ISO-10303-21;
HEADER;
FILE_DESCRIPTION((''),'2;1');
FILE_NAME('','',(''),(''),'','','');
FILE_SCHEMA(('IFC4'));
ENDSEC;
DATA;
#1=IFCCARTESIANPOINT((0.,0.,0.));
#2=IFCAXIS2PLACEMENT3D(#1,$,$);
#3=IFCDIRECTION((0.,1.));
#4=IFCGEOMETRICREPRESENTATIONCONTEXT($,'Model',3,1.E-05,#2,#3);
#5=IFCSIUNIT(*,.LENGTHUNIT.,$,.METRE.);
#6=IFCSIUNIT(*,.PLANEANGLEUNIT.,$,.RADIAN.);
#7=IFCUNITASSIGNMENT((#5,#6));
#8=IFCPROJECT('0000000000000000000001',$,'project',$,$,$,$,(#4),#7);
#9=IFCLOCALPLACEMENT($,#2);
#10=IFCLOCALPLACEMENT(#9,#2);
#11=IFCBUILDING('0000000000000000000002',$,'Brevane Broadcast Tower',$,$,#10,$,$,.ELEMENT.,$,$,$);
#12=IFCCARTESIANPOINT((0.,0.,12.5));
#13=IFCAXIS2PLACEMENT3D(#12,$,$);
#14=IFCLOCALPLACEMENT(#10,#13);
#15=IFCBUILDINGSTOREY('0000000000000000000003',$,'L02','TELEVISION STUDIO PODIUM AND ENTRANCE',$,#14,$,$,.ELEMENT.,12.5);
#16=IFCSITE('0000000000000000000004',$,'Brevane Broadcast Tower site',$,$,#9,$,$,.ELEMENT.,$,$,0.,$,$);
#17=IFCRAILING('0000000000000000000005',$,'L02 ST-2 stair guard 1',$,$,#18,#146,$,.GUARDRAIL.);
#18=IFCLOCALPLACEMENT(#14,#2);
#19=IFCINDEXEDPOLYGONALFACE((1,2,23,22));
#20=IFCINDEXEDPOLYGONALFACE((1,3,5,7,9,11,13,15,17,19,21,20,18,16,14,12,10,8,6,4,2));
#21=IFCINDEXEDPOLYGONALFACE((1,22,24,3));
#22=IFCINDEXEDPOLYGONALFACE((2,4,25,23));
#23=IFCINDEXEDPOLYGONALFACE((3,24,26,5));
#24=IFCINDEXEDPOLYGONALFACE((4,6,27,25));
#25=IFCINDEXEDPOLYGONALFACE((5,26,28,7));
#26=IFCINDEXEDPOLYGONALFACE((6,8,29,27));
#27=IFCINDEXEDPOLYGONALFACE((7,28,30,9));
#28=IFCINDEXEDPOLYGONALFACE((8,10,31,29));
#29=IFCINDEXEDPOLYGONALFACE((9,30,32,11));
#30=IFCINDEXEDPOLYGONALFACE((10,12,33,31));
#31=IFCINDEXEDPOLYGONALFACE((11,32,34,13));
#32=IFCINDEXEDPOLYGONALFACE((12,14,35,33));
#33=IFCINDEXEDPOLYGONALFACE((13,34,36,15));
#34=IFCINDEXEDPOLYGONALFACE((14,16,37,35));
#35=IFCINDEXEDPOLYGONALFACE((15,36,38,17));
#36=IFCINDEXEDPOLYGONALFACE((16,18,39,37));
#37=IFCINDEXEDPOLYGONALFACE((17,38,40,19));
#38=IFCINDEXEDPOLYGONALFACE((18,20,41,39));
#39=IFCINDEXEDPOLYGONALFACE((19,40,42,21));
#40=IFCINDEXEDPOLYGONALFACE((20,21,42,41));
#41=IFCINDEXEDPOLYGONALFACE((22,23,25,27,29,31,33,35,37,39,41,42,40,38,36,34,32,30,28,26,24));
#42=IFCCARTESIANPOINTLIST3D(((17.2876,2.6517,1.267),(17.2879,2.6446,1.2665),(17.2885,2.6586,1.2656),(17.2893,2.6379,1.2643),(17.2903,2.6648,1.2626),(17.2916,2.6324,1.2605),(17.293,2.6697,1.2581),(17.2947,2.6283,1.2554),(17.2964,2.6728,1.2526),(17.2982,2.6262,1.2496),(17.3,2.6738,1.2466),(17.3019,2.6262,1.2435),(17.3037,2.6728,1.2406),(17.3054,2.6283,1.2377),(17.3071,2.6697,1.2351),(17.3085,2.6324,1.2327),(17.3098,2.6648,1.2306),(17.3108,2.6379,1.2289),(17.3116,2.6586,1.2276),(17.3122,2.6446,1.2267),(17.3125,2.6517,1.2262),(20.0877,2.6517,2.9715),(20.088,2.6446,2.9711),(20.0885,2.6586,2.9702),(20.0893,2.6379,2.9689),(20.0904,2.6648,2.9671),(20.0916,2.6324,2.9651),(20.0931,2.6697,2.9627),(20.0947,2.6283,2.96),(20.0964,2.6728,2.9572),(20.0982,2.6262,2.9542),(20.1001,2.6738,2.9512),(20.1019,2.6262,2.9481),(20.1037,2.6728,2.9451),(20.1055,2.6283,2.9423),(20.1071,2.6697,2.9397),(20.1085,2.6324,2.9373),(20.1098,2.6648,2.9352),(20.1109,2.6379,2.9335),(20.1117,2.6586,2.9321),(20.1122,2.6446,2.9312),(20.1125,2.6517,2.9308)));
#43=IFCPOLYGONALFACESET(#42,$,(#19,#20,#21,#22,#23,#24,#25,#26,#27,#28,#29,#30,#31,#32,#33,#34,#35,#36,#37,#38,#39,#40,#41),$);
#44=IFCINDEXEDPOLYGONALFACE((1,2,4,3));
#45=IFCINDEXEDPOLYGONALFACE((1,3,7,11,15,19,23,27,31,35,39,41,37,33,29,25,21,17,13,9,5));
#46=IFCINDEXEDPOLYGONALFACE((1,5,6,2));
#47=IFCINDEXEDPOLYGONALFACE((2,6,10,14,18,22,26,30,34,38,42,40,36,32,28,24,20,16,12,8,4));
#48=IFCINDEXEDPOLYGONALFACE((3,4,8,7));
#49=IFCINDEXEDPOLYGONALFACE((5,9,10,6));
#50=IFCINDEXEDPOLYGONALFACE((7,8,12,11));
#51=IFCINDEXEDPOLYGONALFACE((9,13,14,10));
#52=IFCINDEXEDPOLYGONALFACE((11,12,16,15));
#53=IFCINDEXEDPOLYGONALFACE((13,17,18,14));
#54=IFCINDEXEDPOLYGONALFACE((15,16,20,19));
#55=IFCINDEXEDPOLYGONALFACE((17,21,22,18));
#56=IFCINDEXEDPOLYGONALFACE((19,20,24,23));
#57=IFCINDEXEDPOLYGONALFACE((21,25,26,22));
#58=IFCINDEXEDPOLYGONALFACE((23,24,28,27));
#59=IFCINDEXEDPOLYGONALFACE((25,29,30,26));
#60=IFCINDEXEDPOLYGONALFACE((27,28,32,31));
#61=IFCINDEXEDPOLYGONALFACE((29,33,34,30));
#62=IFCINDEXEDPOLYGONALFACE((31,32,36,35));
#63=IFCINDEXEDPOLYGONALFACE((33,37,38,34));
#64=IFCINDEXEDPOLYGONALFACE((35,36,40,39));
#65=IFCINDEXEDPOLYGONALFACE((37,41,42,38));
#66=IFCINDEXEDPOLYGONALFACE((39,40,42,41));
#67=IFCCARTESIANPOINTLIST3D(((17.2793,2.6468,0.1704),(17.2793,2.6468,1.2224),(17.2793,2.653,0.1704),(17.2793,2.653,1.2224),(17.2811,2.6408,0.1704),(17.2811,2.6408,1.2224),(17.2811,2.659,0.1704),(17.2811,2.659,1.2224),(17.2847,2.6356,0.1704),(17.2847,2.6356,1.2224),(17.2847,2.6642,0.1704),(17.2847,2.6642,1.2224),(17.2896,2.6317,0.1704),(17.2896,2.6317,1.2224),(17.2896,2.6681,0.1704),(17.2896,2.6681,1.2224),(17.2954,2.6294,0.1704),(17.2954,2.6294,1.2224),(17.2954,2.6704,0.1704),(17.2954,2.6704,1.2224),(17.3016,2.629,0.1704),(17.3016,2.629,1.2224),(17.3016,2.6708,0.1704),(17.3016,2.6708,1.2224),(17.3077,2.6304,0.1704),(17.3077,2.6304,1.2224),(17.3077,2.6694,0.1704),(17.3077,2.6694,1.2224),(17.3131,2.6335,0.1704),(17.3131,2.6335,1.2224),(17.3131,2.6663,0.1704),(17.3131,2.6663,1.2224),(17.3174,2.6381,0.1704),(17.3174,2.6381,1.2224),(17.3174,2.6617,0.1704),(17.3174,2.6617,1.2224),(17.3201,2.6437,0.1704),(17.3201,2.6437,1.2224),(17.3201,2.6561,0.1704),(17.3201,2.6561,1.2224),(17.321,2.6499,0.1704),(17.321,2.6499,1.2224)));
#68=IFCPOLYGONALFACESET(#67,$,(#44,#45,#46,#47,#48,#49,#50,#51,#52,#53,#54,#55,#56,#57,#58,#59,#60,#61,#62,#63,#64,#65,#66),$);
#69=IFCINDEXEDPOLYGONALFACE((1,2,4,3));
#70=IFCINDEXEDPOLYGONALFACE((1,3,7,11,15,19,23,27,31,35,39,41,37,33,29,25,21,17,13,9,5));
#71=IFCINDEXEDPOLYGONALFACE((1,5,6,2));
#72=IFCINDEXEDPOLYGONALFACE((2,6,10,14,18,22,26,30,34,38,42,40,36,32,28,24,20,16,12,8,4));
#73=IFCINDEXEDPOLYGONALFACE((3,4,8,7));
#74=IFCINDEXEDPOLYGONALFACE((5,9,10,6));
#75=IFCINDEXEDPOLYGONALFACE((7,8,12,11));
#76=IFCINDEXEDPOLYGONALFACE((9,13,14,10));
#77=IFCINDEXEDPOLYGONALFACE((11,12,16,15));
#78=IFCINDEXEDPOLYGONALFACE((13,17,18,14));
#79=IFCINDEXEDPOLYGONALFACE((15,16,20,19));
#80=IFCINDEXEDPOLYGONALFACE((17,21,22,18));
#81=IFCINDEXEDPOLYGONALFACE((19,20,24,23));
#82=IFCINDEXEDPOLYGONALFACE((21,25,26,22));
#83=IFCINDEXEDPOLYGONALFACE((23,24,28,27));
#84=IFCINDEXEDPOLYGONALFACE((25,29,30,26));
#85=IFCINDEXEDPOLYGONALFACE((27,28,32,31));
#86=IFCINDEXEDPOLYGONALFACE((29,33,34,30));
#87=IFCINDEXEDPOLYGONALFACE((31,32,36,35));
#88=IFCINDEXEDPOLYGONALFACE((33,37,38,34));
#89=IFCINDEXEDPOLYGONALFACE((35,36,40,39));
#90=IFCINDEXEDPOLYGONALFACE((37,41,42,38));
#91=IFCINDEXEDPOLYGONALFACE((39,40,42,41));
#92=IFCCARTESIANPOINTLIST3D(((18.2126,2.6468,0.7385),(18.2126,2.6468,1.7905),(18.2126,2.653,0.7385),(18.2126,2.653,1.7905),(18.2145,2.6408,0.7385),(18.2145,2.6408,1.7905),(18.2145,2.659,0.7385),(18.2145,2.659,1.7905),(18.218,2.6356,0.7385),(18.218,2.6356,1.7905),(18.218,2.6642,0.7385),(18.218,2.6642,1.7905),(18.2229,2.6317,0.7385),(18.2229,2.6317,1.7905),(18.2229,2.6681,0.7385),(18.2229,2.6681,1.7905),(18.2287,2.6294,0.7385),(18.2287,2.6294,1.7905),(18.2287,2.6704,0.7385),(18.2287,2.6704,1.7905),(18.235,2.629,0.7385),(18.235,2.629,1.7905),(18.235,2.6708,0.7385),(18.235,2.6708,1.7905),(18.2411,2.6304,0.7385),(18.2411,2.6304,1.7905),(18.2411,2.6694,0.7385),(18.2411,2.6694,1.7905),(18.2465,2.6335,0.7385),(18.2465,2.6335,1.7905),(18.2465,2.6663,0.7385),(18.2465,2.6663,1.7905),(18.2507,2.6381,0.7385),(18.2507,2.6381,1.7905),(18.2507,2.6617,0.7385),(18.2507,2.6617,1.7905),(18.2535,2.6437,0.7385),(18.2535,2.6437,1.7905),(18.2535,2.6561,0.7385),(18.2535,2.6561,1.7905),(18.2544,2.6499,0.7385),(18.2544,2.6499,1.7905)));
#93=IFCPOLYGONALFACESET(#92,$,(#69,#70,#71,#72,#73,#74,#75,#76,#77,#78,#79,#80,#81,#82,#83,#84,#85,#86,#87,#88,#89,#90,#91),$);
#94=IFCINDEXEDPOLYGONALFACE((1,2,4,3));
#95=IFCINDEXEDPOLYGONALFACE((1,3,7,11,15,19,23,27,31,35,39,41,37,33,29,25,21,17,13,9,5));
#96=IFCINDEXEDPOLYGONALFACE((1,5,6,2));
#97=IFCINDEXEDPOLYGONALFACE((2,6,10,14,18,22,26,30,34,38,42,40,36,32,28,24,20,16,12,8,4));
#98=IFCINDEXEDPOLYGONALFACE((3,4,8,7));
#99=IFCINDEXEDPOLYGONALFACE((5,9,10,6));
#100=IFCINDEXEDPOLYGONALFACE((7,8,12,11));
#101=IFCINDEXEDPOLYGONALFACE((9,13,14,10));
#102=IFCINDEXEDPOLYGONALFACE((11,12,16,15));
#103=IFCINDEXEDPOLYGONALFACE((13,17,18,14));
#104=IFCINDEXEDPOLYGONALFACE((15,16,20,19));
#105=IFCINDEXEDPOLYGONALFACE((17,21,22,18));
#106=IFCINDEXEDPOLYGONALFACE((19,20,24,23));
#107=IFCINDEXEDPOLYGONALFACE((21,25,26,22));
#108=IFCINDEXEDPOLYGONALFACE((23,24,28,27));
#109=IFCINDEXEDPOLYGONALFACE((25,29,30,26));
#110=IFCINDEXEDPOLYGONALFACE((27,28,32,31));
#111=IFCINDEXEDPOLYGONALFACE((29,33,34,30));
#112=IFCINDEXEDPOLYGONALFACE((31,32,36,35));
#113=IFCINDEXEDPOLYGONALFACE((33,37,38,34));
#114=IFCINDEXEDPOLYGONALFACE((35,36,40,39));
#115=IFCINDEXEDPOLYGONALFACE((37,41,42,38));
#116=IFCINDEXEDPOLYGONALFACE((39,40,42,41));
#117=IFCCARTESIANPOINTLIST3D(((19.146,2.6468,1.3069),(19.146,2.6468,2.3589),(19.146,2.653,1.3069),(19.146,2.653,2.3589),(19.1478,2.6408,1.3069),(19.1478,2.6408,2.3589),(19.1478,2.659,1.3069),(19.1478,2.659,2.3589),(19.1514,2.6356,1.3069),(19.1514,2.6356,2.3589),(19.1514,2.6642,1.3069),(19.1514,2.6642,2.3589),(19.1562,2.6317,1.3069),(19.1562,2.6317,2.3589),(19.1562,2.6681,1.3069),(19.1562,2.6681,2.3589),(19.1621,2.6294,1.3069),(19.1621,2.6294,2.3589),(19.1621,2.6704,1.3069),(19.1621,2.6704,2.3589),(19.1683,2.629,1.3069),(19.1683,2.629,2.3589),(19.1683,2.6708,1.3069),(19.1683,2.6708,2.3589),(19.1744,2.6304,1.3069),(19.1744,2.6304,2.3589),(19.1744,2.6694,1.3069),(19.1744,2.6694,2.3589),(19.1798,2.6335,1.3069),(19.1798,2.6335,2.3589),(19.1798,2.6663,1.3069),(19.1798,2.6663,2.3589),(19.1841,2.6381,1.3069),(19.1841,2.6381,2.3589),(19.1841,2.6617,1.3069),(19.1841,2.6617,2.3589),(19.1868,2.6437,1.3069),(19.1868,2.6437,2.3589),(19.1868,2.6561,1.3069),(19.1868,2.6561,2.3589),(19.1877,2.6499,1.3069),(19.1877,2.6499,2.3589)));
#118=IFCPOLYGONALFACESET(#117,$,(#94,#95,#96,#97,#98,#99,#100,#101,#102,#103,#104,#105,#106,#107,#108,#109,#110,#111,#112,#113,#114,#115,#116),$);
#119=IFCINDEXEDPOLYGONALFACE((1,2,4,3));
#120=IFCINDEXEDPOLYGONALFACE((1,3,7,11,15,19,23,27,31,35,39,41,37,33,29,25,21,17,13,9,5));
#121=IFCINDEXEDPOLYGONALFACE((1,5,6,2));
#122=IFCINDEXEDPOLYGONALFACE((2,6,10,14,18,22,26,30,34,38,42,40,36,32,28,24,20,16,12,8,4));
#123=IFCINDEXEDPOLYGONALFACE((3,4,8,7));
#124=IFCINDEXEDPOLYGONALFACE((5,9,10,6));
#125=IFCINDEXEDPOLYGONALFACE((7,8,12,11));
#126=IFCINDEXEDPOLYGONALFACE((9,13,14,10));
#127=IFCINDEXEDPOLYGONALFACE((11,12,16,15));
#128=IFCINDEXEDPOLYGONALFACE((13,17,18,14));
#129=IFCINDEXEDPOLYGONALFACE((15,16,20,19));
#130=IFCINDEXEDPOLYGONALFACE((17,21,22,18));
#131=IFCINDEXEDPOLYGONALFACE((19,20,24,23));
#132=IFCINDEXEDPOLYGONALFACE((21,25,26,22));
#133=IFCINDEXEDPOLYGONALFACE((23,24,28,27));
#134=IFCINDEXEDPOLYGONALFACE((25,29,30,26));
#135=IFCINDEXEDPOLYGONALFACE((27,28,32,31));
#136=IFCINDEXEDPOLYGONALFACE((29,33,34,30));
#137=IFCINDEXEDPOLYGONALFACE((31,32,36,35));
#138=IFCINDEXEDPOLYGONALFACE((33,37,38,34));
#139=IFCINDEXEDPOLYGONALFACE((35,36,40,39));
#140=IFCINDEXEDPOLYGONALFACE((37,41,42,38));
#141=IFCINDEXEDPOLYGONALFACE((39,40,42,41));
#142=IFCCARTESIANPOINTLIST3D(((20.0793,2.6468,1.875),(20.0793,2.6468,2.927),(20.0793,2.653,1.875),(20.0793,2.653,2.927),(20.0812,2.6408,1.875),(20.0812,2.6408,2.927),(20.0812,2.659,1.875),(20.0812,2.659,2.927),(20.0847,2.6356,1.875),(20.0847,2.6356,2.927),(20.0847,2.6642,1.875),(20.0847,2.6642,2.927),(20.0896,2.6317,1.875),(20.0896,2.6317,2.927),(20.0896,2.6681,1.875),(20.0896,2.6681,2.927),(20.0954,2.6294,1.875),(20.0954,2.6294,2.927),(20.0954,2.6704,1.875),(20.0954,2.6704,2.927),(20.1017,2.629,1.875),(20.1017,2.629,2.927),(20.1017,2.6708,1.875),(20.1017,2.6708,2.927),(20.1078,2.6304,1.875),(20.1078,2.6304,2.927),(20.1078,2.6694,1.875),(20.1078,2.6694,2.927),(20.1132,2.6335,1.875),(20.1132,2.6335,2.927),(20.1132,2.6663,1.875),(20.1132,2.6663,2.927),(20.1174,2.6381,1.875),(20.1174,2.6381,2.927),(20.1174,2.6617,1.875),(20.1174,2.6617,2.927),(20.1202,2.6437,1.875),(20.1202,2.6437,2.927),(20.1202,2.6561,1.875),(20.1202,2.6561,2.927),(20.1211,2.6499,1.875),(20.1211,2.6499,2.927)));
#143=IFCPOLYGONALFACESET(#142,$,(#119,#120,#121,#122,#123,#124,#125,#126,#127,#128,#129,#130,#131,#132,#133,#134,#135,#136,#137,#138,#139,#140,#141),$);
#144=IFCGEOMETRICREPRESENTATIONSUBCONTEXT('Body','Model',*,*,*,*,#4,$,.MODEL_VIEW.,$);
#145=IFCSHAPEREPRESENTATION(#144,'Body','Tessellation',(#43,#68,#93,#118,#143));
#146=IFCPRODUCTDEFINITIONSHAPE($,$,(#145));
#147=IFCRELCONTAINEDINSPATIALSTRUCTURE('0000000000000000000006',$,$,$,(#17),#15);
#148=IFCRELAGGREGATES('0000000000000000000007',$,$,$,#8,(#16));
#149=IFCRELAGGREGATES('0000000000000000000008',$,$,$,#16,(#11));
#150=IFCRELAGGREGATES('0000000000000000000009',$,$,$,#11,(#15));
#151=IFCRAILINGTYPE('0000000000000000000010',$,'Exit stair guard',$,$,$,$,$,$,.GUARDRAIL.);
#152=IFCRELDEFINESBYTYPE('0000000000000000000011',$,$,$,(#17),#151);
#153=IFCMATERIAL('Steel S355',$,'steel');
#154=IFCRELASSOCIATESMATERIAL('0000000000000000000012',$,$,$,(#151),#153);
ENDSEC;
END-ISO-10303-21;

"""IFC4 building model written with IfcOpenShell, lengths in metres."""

from ifc_helpers import new_model, si_unit, direction, frame, origin, origin_2d, place, context, subcontext, project, spatial, circle, extrude, material, type_object, element, save


model = new_model("IFC4")

# Units and contexts
model_context = context("Model", 3, precision=1e-05, world=origin(), true_north=direction((0.0, 1.0)))
body_context = subcontext(model_context, "Body", "Model", "MODEL_VIEW")
ifc_project = project(units=[si_unit("LENGTHUNIT", "METRE"), si_unit("PLANEANGLEUNIT", "RADIAN")], contexts=[model_context])

# Site, building, storey
site_placement = place(None, origin())
site = spatial("IfcSite", under=ifc_project, at=site_placement, Name="Brevane Broadcast Tower site", CompositionType="ELEMENT", RefElevation=0.0)
building_placement = place(site_placement, origin())
building = spatial("IfcBuilding", under=site, at=building_placement, Name="Brevane Broadcast Tower", CompositionType="ELEMENT")
storey_placement = place(building_placement, frame((0.0, 0.0, 12.5)))
storey = spatial("IfcBuildingStorey", under=building, at=storey_placement, Name="L02", Description="TELEVISION STUDIO PODIUM AND ENTRANCE", CompositionType="ELEMENT", Elevation=12.5)

# Railing
ifc_material_1 = material(Name="Steel S355", Category="steel")
railing_type_1 = type_object("IfcRailingType", Name="Exit stair guard", PredefinedType="GUARDRAIL", material=ifc_material_1)
railing_1_placement = place(storey_placement, frame((17.3, 2.6499, 0.1704)))
element("IfcRailing", 1, at=railing_1_placement, inside=storey, type_object=railing_type_1, Name="L02 ST-2 stair guard 1", PredefinedType="GUARDRAIL", context=body_context, shape_type="SweptSolid", body=[
    extrude(circle(Radius=0.0239, at=origin_2d()), frame((0.0, 0.0, 1.0762), z_axis=(0.85417, 0.0, 0.519994), x_axis=(0.0, 1.0, 0.0)), (0.0, 0.0, 1.0), 3.2781),
    extrude(circle(Radius=0.021, at=origin_2d()), origin(), (0.0, 0.0, 1.0), 1.052),
    extrude(circle(Radius=0.021, at=origin_2d()), frame((0.9333, 0.0, 0.5681)), (0.0, 0.0, 1.0), 1.052),
    extrude(circle(Radius=0.021, at=origin_2d()), frame((1.8667, 0.0, 1.1365)), (0.0, 0.0, 1.0), 1.052),
    extrude(circle(Radius=0.021, at=origin_2d()), frame((2.8, 0.0, 1.7046)), (0.0, 0.0, 1.0), 1.052),
])

save(model, "model.ifc")
